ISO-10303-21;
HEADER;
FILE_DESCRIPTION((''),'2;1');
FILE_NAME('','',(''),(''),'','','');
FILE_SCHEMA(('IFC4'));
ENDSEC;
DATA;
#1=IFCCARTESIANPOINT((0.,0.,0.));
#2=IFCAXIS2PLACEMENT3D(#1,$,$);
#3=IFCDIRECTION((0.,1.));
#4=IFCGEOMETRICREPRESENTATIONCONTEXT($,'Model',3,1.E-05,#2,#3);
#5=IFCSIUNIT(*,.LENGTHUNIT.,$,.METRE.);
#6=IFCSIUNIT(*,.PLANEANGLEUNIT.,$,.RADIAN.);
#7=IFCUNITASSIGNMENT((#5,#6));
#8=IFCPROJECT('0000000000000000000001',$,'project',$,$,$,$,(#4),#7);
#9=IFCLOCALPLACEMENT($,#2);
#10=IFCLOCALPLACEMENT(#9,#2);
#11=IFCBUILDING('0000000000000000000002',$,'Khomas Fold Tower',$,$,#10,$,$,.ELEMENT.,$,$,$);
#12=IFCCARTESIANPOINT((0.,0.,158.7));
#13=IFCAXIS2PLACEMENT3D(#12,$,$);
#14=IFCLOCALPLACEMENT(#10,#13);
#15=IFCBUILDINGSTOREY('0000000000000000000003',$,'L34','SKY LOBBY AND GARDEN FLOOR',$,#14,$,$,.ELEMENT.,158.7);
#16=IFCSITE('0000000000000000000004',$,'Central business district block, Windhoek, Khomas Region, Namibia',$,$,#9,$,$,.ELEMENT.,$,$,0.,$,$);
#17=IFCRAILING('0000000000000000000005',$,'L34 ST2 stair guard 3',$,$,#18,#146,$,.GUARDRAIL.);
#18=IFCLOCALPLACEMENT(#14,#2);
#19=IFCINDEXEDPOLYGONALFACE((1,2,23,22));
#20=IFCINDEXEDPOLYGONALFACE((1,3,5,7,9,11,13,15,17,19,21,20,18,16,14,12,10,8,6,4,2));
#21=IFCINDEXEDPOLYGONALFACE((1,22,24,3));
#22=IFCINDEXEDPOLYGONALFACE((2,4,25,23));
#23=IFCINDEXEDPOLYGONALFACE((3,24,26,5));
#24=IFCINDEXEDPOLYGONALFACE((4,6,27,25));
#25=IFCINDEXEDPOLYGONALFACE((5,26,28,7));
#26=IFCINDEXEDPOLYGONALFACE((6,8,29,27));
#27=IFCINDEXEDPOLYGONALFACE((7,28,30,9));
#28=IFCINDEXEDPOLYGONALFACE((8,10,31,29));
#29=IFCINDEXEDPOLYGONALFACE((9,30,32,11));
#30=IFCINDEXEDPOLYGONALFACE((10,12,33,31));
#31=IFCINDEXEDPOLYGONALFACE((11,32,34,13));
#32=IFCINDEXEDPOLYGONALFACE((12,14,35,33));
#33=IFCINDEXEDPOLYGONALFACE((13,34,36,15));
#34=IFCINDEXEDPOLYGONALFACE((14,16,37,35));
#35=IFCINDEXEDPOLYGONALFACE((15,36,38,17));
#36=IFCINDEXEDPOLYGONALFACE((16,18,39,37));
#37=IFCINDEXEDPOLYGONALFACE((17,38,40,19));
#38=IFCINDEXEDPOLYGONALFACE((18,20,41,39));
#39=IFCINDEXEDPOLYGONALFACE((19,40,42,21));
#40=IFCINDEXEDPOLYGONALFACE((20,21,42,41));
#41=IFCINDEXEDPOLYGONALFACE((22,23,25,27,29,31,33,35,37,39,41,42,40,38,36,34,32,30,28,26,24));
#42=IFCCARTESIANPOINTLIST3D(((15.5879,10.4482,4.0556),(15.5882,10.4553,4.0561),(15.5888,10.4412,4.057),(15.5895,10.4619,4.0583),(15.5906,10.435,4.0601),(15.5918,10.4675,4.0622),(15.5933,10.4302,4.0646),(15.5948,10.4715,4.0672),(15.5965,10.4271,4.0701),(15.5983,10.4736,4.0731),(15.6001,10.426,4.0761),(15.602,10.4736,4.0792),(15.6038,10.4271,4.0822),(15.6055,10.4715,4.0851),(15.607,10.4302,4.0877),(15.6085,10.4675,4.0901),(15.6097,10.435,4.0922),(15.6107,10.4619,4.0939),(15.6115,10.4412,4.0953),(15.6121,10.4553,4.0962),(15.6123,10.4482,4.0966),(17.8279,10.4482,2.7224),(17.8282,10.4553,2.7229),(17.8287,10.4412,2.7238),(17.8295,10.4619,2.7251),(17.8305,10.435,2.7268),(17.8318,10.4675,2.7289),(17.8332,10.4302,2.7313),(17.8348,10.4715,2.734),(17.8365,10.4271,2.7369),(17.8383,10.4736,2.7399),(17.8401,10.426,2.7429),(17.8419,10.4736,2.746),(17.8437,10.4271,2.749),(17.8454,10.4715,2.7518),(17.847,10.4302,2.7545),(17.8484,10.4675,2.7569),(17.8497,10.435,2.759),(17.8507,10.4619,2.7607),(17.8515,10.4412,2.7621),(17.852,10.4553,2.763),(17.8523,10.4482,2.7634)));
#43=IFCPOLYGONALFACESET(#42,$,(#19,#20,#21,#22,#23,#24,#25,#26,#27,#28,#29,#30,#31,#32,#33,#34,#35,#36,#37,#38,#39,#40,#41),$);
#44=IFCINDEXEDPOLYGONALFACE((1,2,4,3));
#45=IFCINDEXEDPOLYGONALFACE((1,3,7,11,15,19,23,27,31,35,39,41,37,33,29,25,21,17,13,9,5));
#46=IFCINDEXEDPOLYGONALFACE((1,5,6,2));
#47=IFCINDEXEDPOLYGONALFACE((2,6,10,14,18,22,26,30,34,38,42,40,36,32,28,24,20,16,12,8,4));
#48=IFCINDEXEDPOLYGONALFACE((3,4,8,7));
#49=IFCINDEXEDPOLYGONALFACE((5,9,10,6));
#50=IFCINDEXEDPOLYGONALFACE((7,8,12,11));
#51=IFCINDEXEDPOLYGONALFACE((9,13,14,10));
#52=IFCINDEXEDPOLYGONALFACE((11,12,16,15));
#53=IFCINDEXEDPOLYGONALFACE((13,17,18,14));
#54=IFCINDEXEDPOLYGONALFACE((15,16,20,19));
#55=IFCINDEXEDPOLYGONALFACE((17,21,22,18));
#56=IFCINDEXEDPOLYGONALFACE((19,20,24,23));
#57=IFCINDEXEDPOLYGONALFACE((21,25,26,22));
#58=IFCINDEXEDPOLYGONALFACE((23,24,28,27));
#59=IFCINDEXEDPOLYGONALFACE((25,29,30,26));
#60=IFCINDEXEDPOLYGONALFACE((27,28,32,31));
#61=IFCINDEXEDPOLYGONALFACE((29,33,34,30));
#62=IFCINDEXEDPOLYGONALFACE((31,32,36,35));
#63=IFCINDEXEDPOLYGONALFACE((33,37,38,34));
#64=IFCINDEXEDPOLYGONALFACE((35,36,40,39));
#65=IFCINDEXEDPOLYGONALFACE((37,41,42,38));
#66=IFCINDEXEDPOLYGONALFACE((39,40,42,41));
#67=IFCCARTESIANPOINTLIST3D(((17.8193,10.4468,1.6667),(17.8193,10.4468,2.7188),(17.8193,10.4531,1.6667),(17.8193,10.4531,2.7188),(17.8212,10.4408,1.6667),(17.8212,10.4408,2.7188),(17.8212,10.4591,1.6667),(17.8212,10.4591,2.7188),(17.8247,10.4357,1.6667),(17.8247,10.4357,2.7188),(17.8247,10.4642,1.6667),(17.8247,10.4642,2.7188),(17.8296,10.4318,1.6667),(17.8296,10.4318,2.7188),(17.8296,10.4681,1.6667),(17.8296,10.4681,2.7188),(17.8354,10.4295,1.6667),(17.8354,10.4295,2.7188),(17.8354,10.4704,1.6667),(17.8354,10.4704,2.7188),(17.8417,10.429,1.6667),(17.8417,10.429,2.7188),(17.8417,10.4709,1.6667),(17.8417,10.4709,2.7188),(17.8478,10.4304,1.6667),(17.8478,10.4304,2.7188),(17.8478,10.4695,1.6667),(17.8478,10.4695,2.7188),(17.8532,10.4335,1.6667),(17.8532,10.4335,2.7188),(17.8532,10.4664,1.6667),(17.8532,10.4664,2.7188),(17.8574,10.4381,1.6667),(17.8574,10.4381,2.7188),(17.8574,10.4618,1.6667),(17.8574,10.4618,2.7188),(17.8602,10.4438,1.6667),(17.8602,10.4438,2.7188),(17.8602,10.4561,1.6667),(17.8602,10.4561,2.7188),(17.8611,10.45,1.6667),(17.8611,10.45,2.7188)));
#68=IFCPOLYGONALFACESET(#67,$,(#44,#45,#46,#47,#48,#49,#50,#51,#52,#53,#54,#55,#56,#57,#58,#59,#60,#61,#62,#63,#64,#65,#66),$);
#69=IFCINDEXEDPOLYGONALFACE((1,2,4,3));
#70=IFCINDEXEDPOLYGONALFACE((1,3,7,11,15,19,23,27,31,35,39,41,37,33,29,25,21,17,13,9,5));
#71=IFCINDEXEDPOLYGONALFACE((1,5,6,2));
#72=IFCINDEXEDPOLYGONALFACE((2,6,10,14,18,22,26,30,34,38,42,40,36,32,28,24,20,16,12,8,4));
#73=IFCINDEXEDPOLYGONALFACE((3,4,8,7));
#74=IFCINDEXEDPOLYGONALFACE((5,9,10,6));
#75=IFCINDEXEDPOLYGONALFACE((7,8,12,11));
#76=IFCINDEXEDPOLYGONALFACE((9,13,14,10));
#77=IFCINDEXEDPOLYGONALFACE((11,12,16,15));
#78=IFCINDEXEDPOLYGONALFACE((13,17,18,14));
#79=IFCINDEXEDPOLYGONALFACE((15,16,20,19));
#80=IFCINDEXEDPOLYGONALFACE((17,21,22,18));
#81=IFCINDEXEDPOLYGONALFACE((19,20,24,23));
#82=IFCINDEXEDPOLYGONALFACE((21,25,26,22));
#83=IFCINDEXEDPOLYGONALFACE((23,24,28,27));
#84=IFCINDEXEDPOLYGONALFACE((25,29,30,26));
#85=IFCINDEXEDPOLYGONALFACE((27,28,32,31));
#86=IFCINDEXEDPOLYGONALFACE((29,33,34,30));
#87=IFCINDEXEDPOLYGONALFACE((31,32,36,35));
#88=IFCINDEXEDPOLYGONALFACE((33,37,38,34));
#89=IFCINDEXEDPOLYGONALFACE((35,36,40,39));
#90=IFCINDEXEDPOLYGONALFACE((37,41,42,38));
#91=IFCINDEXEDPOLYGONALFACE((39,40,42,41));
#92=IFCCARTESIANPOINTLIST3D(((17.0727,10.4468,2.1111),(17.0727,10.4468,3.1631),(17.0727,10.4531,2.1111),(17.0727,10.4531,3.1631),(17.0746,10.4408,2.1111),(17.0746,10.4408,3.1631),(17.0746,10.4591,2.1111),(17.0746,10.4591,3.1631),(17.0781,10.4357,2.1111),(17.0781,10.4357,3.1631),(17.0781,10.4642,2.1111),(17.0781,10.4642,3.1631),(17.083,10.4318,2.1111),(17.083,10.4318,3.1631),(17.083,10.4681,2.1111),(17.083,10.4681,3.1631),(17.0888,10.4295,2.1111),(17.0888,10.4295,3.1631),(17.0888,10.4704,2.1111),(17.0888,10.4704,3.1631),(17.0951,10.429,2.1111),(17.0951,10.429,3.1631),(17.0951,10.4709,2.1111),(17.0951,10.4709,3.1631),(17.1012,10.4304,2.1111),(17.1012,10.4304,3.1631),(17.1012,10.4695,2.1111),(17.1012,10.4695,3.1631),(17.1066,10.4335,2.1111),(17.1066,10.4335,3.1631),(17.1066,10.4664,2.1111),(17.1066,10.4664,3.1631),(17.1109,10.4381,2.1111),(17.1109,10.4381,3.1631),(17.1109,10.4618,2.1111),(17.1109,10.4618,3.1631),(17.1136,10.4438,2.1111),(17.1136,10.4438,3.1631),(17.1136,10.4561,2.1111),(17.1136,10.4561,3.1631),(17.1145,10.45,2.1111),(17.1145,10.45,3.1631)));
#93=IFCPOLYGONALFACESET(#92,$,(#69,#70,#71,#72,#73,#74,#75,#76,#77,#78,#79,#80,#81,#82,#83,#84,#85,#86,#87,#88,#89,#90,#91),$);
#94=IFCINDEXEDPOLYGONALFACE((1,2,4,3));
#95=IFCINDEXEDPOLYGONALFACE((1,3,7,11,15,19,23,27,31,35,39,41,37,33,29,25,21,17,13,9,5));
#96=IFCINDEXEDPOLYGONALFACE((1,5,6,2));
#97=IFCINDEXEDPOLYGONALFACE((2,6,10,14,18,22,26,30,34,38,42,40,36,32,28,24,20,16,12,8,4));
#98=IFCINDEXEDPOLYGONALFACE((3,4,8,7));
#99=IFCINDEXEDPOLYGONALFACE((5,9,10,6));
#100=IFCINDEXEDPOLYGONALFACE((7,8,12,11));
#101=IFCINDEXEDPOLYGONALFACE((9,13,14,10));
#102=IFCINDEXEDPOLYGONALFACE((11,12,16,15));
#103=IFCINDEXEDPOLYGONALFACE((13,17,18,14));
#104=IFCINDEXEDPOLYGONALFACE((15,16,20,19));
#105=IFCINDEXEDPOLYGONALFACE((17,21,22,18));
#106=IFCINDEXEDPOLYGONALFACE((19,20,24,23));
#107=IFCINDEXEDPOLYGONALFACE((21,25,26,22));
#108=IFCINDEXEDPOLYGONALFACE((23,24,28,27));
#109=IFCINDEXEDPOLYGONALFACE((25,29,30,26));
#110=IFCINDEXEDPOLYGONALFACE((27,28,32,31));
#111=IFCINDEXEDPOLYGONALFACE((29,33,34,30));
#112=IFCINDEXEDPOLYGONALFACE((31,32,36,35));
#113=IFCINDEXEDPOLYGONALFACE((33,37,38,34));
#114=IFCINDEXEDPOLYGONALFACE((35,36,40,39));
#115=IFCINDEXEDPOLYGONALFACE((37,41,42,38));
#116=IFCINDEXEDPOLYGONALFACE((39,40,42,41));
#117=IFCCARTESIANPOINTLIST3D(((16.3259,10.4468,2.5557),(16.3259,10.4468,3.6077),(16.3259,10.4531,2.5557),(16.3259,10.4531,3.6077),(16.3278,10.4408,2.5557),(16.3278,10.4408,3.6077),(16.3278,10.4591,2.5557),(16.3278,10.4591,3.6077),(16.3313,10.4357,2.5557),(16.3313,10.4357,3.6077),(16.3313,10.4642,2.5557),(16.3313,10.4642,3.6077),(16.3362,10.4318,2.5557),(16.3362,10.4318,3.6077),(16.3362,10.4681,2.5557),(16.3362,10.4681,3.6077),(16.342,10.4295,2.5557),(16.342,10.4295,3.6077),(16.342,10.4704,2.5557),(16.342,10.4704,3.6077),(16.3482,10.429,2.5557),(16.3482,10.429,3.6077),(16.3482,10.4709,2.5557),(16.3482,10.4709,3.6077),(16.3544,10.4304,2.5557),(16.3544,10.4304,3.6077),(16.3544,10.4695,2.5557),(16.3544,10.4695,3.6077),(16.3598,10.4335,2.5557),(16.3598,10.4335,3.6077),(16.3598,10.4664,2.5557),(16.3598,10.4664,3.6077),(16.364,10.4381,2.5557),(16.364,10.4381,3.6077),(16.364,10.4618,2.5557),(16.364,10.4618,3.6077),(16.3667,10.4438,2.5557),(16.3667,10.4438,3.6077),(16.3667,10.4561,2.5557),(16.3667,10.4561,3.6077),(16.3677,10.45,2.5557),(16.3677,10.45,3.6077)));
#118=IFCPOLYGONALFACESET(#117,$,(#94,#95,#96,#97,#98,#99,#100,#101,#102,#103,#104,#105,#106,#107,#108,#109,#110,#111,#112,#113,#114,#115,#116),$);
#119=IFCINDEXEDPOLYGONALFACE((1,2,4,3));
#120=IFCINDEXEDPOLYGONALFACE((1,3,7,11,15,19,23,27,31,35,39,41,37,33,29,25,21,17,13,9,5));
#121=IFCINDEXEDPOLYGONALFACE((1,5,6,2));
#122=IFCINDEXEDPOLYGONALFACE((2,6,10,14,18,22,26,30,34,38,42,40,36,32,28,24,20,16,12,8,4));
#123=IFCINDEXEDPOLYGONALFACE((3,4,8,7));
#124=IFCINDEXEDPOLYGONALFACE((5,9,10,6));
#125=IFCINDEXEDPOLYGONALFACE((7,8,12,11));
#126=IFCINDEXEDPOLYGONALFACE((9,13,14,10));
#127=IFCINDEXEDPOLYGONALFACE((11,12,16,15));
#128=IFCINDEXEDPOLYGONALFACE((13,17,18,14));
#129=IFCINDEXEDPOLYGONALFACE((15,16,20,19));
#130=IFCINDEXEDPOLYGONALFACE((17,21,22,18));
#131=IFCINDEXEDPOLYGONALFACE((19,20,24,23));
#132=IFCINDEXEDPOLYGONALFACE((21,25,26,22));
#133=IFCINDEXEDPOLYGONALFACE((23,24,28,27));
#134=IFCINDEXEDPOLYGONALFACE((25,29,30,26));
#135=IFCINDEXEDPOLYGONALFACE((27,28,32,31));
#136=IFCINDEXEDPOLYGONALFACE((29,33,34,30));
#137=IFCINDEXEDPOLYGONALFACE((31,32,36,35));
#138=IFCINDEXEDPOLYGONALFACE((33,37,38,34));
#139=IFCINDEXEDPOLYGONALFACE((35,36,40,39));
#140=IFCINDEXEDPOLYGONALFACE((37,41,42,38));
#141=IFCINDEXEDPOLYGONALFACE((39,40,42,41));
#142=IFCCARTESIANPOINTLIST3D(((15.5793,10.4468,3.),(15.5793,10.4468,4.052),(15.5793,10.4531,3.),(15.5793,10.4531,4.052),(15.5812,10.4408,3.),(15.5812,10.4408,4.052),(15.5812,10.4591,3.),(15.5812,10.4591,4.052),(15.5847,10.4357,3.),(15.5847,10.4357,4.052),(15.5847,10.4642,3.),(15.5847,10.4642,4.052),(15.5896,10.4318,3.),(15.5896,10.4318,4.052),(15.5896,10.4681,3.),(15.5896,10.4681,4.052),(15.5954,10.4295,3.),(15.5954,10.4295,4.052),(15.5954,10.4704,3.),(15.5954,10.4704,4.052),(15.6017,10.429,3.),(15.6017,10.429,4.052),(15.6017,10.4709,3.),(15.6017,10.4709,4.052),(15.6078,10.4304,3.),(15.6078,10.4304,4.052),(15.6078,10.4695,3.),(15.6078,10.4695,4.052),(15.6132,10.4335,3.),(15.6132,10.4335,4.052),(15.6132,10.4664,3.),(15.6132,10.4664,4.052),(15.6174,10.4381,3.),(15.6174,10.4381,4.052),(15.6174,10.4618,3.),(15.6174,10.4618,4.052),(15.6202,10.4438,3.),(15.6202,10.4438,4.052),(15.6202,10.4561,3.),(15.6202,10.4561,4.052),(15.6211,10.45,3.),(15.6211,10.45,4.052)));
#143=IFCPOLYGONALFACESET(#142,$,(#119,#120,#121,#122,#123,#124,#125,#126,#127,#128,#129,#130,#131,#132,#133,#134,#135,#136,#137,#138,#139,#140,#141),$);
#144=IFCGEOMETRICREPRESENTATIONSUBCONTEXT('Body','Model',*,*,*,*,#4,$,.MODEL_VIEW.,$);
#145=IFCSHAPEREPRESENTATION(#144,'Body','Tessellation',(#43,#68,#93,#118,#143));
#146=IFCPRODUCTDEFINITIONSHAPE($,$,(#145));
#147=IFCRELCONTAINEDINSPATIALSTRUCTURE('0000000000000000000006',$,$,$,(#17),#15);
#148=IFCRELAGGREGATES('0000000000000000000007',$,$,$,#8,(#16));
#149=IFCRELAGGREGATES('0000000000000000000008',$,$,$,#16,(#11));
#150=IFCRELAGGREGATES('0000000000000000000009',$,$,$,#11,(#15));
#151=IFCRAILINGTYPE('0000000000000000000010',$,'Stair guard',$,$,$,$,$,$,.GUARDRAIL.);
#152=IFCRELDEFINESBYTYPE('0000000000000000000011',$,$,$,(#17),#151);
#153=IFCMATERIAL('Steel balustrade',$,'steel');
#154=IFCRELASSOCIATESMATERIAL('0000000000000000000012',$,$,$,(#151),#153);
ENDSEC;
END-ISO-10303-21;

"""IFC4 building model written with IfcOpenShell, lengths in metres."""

from ifc_helpers import new_model, si_unit, direction, frame, origin, origin_2d, place, context, subcontext, project, spatial, circle, extrude, source, transform, mapped, material, type_object, element, save


model = new_model("IFC4")

# Units and contexts
model_context = context("Model", 3, precision=1e-05, world=origin(), true_north=direction((0.0, 1.0)))
body_context = subcontext(model_context, "Body", "Model", "MODEL_VIEW")
ifc_project = project(units=[si_unit("LENGTHUNIT", "METRE"), si_unit("PLANEANGLEUNIT", "RADIAN")], contexts=[model_context])

# Site, building, storey
site_placement = place(None, origin())
site = spatial("IfcSite", under=ifc_project, at=site_placement, Name="Central business district block, Windhoek, Khomas Region, Namibia", CompositionType="ELEMENT", RefElevation=0.0)
building_placement = place(site_placement, origin())
building = spatial("IfcBuilding", under=site, at=building_placement, Name="Khomas Fold Tower", CompositionType="ELEMENT")
storey_placement = place(building_placement, frame((0.0, 0.0, 158.7)))
storey = spatial("IfcBuildingStorey", under=building, at=storey_placement, Name="L34", Description="SKY LOBBY AND GARDEN FLOOR", CompositionType="ELEMENT", Elevation=158.7)

# Railing
ifc_material_1 = material(Name="Steel balustrade", Category="steel")
railing_type_1 = type_object("IfcRailingType", Name="Stair guard", PredefinedType="GUARDRAIL", material=ifc_material_1)
shared_shape_1 = source(origin(), body_context, "Body", "SweptSolid", [
    extrude(circle(Radius=0.0239, at=origin_2d()), frame((0.0, 0.0, 1.0762), z_axis=(-0.859306, 0.0, 0.511462), x_axis=(0.0, -1.0, 0.0)), (0.0, 0.0, 1.0), 2.6067),
    extrude(circle(Radius=0.021, at=origin_2d()), origin(), (0.0, 0.0, 1.0), 1.052),
    extrude(circle(Radius=0.021, at=origin_2d()), frame((-0.7466, 0.0, 0.4443)), (0.0, 0.0, 1.0), 1.052),
    extrude(circle(Radius=0.021, at=origin_2d()), frame((-1.4934, 0.0, 0.8889)), (0.0, 0.0, 1.0), 1.052),
    extrude(circle(Radius=0.021, at=origin_2d()), frame((-2.24, 0.0, 1.3333)), (0.0, 0.0, 1.0), 1.052),
])
for number, where, name in (
    (1, (17.8401, 10.45, 1.6667), "L34 ST2 stair guard 3"),
):
    element("IfcRailing", number, at=place(storey_placement, frame(where)), inside=storey, type_object=railing_type_1, Name=name, PredefinedType="GUARDRAIL", context=body_context, shape_type="MappedRepresentation", body=[
        mapped(shared_shape_1, transform((0.0, 0.0, 0.0))),
    ])

save(model, "model.ifc")
